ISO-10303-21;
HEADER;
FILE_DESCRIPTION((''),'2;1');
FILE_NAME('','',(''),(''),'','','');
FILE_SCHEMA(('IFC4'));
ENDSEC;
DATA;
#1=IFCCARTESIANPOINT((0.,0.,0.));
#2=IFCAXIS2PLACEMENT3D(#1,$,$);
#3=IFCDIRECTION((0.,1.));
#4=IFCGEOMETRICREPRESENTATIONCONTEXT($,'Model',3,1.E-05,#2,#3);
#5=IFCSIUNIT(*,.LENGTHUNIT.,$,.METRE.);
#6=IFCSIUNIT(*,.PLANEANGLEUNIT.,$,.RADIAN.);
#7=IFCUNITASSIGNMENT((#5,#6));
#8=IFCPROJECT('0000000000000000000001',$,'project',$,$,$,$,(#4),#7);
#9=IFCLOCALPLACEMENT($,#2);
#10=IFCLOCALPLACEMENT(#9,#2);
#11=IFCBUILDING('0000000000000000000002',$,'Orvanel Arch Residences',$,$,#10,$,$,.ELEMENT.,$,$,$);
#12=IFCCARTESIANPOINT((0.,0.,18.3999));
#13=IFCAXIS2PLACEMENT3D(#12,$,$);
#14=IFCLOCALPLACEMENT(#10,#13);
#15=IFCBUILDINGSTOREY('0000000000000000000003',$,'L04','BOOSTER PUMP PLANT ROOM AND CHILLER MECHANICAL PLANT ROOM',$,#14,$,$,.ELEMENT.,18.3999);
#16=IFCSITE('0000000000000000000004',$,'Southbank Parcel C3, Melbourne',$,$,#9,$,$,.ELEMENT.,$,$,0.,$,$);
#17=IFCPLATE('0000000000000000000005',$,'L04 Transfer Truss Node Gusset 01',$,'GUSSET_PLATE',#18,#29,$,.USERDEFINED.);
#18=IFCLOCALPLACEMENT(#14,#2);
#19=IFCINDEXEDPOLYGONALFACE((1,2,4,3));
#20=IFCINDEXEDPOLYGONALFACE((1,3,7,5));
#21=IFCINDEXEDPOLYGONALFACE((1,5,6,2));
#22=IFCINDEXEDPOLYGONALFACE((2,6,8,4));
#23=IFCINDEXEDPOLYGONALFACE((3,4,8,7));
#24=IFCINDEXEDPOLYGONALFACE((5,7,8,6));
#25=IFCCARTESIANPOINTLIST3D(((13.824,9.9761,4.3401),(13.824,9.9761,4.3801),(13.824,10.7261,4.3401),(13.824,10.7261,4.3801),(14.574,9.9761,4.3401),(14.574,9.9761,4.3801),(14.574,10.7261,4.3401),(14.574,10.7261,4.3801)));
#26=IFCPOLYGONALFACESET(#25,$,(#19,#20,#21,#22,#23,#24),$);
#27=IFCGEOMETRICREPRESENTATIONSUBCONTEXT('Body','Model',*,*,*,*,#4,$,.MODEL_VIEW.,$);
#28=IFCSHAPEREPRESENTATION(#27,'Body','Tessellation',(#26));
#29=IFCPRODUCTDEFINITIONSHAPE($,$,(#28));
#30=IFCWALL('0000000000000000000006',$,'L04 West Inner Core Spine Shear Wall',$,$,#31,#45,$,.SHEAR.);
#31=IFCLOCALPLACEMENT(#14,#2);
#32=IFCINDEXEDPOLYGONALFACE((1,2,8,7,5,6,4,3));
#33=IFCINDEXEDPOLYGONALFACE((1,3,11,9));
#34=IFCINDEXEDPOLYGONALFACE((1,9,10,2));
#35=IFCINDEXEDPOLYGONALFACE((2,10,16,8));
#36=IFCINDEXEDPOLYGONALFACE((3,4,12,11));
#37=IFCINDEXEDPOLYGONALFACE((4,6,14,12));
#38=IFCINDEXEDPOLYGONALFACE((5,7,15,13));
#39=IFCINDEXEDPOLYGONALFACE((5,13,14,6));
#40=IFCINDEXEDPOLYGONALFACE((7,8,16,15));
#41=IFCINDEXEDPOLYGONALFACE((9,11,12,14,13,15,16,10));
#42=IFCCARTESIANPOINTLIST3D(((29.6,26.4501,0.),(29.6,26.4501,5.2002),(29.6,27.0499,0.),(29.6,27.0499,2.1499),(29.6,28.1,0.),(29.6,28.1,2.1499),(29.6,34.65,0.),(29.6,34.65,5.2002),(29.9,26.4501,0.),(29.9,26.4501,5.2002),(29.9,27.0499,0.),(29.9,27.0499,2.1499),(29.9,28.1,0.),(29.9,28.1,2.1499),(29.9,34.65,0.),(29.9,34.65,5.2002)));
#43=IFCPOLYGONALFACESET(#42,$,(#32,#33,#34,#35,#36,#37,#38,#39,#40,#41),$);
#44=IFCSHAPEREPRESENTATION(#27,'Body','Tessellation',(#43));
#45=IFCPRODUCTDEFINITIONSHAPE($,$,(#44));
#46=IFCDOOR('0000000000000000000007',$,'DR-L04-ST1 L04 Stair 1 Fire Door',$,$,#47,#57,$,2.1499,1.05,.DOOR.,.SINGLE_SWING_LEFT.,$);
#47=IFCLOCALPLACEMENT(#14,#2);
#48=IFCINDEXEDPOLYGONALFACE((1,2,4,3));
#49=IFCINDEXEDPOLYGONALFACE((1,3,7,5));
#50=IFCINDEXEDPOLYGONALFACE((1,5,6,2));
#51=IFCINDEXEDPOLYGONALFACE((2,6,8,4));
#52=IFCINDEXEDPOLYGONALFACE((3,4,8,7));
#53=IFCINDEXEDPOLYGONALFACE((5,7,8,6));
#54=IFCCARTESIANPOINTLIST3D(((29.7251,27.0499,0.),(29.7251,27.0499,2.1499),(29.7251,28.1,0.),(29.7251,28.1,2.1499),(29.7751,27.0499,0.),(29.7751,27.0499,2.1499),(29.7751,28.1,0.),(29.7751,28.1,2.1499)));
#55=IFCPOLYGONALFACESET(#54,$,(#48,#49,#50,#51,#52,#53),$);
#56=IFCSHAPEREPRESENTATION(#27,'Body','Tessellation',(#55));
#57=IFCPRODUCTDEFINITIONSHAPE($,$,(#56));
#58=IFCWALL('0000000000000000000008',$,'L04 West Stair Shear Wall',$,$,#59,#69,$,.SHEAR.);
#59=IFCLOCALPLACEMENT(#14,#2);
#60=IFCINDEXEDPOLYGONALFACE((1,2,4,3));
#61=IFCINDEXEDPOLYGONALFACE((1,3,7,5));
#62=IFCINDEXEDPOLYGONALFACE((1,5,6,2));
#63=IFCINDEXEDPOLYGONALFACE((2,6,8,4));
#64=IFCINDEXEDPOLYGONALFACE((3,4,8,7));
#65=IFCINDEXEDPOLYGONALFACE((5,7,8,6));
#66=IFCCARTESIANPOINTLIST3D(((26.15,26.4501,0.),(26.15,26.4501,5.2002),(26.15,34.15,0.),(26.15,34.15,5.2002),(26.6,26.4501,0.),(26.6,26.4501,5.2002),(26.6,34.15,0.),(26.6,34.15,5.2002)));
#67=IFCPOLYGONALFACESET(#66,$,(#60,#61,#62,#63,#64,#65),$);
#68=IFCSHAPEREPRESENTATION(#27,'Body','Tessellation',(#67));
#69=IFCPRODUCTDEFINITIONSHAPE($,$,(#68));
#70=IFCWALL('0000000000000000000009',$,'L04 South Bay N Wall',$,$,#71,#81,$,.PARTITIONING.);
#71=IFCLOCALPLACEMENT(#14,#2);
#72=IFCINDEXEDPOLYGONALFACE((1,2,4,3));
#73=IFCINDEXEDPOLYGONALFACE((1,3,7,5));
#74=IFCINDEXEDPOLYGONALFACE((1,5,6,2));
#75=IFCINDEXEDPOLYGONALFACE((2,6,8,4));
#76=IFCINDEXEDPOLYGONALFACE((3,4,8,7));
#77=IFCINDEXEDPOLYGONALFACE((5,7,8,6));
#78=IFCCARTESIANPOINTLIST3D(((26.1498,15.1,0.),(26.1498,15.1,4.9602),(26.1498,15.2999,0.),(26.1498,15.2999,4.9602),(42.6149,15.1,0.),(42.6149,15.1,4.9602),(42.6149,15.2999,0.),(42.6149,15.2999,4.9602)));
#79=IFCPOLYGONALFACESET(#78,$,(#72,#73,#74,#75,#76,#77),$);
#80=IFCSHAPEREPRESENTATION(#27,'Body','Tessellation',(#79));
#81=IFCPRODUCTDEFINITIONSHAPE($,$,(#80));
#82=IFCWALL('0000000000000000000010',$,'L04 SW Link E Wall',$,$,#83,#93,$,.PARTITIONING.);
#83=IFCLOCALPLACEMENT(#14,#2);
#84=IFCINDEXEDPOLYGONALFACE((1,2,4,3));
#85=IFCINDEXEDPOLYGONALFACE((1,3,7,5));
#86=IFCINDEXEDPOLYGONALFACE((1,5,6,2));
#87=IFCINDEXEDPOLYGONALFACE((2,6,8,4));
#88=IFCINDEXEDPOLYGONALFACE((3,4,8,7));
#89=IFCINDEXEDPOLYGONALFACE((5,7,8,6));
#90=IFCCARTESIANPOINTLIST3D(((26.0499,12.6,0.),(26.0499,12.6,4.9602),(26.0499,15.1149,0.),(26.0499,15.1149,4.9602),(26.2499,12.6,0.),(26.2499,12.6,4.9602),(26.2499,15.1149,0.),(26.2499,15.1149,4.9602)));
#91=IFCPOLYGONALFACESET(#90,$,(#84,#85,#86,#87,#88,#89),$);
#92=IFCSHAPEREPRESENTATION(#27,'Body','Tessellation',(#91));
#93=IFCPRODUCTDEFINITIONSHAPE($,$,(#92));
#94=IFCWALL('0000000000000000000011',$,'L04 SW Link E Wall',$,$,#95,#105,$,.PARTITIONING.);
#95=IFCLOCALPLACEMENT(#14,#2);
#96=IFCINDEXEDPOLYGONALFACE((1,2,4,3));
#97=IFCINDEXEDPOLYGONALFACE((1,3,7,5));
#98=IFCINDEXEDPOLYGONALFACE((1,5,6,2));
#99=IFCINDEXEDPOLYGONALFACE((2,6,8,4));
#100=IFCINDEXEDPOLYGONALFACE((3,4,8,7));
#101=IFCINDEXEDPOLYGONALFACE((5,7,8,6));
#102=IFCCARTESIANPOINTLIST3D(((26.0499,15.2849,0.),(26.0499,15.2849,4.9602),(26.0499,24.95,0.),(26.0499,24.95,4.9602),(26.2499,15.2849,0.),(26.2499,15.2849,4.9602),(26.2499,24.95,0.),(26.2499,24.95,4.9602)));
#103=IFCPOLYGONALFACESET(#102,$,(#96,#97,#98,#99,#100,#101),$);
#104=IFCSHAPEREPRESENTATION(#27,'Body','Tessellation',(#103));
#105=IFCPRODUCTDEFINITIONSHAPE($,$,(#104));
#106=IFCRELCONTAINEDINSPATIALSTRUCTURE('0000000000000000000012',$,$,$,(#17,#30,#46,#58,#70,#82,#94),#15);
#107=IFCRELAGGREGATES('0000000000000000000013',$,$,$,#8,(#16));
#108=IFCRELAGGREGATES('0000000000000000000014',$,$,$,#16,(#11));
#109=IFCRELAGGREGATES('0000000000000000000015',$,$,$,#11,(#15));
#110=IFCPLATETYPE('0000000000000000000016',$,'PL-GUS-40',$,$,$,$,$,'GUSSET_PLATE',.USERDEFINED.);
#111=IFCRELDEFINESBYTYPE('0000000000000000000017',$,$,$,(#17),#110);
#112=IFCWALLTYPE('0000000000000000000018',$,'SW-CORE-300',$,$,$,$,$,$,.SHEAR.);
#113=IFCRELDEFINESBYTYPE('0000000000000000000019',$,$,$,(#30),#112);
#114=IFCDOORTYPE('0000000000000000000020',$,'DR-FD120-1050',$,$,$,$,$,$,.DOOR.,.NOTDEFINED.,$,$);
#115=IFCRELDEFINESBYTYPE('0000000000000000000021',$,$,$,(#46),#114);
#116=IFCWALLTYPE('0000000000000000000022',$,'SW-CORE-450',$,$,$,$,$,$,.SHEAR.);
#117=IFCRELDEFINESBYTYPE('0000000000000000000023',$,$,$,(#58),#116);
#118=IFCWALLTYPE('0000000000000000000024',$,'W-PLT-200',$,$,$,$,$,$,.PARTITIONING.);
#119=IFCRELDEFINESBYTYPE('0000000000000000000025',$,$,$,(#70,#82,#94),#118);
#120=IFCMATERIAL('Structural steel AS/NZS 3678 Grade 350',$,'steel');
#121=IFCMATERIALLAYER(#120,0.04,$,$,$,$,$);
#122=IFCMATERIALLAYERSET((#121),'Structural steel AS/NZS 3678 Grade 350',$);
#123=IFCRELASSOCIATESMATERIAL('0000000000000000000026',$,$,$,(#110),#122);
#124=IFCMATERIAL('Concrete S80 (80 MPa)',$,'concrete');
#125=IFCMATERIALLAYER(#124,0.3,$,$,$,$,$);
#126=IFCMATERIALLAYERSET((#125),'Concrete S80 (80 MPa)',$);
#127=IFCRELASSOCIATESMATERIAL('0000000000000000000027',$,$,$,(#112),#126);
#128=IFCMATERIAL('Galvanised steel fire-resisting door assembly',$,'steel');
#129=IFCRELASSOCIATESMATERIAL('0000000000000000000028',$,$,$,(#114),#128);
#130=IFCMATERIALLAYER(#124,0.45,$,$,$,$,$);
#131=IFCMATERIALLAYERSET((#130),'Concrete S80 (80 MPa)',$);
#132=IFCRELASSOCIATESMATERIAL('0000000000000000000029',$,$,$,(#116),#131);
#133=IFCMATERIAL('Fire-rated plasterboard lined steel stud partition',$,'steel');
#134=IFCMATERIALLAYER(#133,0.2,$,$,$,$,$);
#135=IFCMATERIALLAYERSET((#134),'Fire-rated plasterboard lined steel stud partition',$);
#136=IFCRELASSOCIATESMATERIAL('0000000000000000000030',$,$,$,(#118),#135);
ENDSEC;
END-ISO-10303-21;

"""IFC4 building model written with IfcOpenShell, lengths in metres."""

from ifc_helpers import new_model, si_unit, direction, frame, frame_2d, origin, origin_2d, place, context, subcontext, project, spatial, rectangle, extrude, material, layer, layer_set, type_object, element, fill, save


model = new_model("IFC4")

# Units and contexts
model_context = context("Model", 3, precision=1e-05, world=origin(), true_north=direction((0.0, 1.0)))
body_context = subcontext(model_context, "Body", "Model", "MODEL_VIEW")
ifc_project = project(units=[si_unit("LENGTHUNIT", "METRE"), si_unit("PLANEANGLEUNIT", "RADIAN")], contexts=[model_context])

# Site, building, storey
site_placement = place(None, origin())
site = spatial("IfcSite", under=ifc_project, at=site_placement, Name="Southbank Parcel C3, Melbourne", CompositionType="ELEMENT", RefElevation=0.0)
building_placement = place(site_placement, origin())
building = spatial("IfcBuilding", under=site, at=building_placement, Name="Orvanel Arch Residences", CompositionType="ELEMENT")
storey_placement = place(building_placement, frame((0.0, 0.0, 18.3999)))
storey = spatial("IfcBuildingStorey", under=building, at=storey_placement, Name="L04", Description="BOOSTER PUMP PLANT ROOM AND CHILLER MECHANICAL PLANT ROOM", CompositionType="ELEMENT", Elevation=18.3999)

# Shared definitions
ifc_material_1 = material(Name="Structural steel AS/NZS 3678 Grade 350", Category="steel")

# Plate
ifc_layer_1 = layer(ifc_material_1, 0.04)
ifc_layer_set_1 = layer_set([ifc_layer_1], Name="Structural steel AS/NZS 3678 Grade 350")
plate_type_1 = type_object("IfcPlateType", Name="PL-GUS-40", ElementType="GUSSET_PLATE", PredefinedType="USERDEFINED", material=ifc_layer_set_1)
for number, where, z_axis, x_axis, name in (
    (1, (14.199, 10.3511, 4.3401), (0.0, 0.0, 1.0), (1.0, 0.0, 0.0), "L04 Transfer Truss Node Gusset 01"),
):
    element("IfcPlate", number, at=place(storey_placement, frame(where, z_axis=z_axis, x_axis=x_axis)), inside=storey, type_object=plate_type_1, Name=name, ObjectType="GUSSET_PLATE", PredefinedType="USERDEFINED", context=body_context, shape_type="SweptSolid", body=[
        extrude(rectangle(XDim=0.75, YDim=0.75, at=origin_2d()), origin(), (0.0, 0.0, 1.0), 0.04),
    ])

# Wall, opening, door
ifc_material_2 = material(Name="Concrete S80 (80 MPa)", Category="concrete")
ifc_layer_2 = layer(ifc_material_2, 0.3)
ifc_layer_set_2 = layer_set([ifc_layer_2], Name="Concrete S80 (80 MPa)")
wall_type_1 = type_object("IfcWallType", Name="SW-CORE-300", PredefinedType="SHEAR", material=ifc_layer_set_2)
wall_1_placement = place(storey_placement, frame((29.75, 26.45, 0.0), z_axis=(0.0, 0.0, 1.0), x_axis=(0.0, 1.0, 0.0)))
wall_1 = element("IfcWall", 2, at=wall_1_placement, inside=storey, type_object=wall_type_1, Name="L04 West Inner Core Spine Shear Wall", PredefinedType="SHEAR", context=body_context, shape_type="SweptSolid", body=[
    extrude(rectangle(XDim=8.2, YDim=0.3, at=frame_2d((4.1001, 0.0))), origin(), (0.0, 0.0, 1.0), 5.2002),
])
opening_1_placement = place(wall_1_placement, frame((0.6001, 0.0, 0.0)))
opening_1 = element("IfcOpeningElement", 3, at=opening_1_placement, cuts=wall_1, PredefinedType="OPENING", context=body_context, shape_type="SweptSolid", body=[
    extrude(rectangle(XDim=1.05, YDim=2.1499, at=frame_2d((0.5249, 1.075))), frame((0.0, 0.1599, 0.0), z_axis=(0.0, -1.0, 0.0), x_axis=(1.0, 0.0, 0.0)), (0.0, 0.0, 1.0), 0.3201),
])
ifc_material_3 = material(Name="Galvanised steel fire-resisting door assembly", Category="steel")
door_type_1 = type_object("IfcDoorType", Name="DR-FD120-1050", OperationType="NOTDEFINED", PredefinedType="DOOR", material=ifc_material_3)
door_1_placement = place(opening_1_placement, origin())
door_1 = element("IfcDoor", 4, at=door_1_placement, inside=storey, type_object=door_type_1, Name="DR-L04-ST1 L04 Stair 1 Fire Door", OperationType="SINGLE_SWING_LEFT", OverallHeight=2.1499, OverallWidth=1.05, PredefinedType="DOOR", context=body_context, shape_type="SweptSolid", body=[
    extrude(rectangle(XDim=1.05, YDim=2.1499, at=frame_2d((0.5249, 1.075))), frame((0.0, 0.0249, 0.0), z_axis=(0.0, -1.0, 0.0), x_axis=(1.0, 0.0, 0.0)), (0.0, 0.0, 1.0), 0.05),
])
fill(opening_1, door_1)

# Shared definitions
ifc_layer_3 = layer(ifc_material_2, 0.45)
ifc_layer_set_3 = layer_set([ifc_layer_3], Name="Concrete S80 (80 MPa)")
wall_type_2 = type_object("IfcWallType", Name="SW-CORE-450", PredefinedType="SHEAR", material=ifc_layer_set_3)

# Walls
wall_2_placement = place(storey_placement, frame((26.375, 26.45, 0.0), z_axis=(0.0, 0.0, 1.0), x_axis=(0.0, 1.0, 0.0)))
element("IfcWall", 5, at=wall_2_placement, inside=storey, type_object=wall_type_2, Name="L04 West Stair Shear Wall", PredefinedType="SHEAR", context=body_context, shape_type="SweptSolid", body=[
    extrude(rectangle(XDim=7.7, YDim=0.45, at=frame_2d((3.8501, 0.0))), origin(), (0.0, 0.0, 1.0), 5.2002),
])
ifc_material_4 = material(Name="Fire-rated plasterboard lined steel stud partition", Category="steel")
ifc_layer_4 = layer(ifc_material_4, 0.2)
ifc_layer_set_4 = layer_set([ifc_layer_4], Name="Fire-rated plasterboard lined steel stud partition")
wall_type_3 = type_object("IfcWallType", Name="W-PLT-200", PredefinedType="PARTITIONING", material=ifc_layer_set_4)
wall_3_placement = place(storey_placement, frame((26.1499, 15.2, 0.0), z_axis=(0.0, 0.0, 1.0), x_axis=(1.0, 0.0, 0.0)))
element("IfcWall", 6, at=wall_3_placement, inside=storey, type_object=wall_type_3, Name="L04 South Bay N Wall", PredefinedType="PARTITIONING", context=body_context, shape_type="SweptSolid", body=[
    extrude(rectangle(XDim=16.4651, YDim=0.2, at=frame_2d((8.2324, 0.0))), origin(), (0.0, 0.0, 1.0), 4.9602),
])
wall_4_placement = place(storey_placement, frame((26.1499, 12.6001, 0.0), z_axis=(0.0, 0.0, 1.0), x_axis=(0.0, 1.0, 0.0)))
element("IfcWall", 7, at=wall_4_placement, inside=storey, type_object=wall_type_3, Name="L04 SW Link E Wall", PredefinedType="PARTITIONING", context=body_context, shape_type="SweptSolid", body=[
    extrude(rectangle(XDim=2.5149, YDim=0.2, at=frame_2d((1.2573, 0.0))), origin(), (0.0, 0.0, 1.0), 4.9602),
])
wall_5_placement = place(storey_placement, frame((26.1499, 15.2849, 0.0), z_axis=(0.0, 0.0, 1.0), x_axis=(0.0, 1.0, 0.0)))
element("IfcWall", 8, at=wall_5_placement, inside=storey, type_object=wall_type_3, Name="L04 SW Link E Wall", PredefinedType="PARTITIONING", context=body_context, shape_type="SweptSolid", body=[
    extrude(rectangle(XDim=9.665, YDim=0.2, at=frame_2d((4.8325, 0.0))), origin(), (0.0, 0.0, 1.0), 4.9602),
])

save(model, "model.ifc")
